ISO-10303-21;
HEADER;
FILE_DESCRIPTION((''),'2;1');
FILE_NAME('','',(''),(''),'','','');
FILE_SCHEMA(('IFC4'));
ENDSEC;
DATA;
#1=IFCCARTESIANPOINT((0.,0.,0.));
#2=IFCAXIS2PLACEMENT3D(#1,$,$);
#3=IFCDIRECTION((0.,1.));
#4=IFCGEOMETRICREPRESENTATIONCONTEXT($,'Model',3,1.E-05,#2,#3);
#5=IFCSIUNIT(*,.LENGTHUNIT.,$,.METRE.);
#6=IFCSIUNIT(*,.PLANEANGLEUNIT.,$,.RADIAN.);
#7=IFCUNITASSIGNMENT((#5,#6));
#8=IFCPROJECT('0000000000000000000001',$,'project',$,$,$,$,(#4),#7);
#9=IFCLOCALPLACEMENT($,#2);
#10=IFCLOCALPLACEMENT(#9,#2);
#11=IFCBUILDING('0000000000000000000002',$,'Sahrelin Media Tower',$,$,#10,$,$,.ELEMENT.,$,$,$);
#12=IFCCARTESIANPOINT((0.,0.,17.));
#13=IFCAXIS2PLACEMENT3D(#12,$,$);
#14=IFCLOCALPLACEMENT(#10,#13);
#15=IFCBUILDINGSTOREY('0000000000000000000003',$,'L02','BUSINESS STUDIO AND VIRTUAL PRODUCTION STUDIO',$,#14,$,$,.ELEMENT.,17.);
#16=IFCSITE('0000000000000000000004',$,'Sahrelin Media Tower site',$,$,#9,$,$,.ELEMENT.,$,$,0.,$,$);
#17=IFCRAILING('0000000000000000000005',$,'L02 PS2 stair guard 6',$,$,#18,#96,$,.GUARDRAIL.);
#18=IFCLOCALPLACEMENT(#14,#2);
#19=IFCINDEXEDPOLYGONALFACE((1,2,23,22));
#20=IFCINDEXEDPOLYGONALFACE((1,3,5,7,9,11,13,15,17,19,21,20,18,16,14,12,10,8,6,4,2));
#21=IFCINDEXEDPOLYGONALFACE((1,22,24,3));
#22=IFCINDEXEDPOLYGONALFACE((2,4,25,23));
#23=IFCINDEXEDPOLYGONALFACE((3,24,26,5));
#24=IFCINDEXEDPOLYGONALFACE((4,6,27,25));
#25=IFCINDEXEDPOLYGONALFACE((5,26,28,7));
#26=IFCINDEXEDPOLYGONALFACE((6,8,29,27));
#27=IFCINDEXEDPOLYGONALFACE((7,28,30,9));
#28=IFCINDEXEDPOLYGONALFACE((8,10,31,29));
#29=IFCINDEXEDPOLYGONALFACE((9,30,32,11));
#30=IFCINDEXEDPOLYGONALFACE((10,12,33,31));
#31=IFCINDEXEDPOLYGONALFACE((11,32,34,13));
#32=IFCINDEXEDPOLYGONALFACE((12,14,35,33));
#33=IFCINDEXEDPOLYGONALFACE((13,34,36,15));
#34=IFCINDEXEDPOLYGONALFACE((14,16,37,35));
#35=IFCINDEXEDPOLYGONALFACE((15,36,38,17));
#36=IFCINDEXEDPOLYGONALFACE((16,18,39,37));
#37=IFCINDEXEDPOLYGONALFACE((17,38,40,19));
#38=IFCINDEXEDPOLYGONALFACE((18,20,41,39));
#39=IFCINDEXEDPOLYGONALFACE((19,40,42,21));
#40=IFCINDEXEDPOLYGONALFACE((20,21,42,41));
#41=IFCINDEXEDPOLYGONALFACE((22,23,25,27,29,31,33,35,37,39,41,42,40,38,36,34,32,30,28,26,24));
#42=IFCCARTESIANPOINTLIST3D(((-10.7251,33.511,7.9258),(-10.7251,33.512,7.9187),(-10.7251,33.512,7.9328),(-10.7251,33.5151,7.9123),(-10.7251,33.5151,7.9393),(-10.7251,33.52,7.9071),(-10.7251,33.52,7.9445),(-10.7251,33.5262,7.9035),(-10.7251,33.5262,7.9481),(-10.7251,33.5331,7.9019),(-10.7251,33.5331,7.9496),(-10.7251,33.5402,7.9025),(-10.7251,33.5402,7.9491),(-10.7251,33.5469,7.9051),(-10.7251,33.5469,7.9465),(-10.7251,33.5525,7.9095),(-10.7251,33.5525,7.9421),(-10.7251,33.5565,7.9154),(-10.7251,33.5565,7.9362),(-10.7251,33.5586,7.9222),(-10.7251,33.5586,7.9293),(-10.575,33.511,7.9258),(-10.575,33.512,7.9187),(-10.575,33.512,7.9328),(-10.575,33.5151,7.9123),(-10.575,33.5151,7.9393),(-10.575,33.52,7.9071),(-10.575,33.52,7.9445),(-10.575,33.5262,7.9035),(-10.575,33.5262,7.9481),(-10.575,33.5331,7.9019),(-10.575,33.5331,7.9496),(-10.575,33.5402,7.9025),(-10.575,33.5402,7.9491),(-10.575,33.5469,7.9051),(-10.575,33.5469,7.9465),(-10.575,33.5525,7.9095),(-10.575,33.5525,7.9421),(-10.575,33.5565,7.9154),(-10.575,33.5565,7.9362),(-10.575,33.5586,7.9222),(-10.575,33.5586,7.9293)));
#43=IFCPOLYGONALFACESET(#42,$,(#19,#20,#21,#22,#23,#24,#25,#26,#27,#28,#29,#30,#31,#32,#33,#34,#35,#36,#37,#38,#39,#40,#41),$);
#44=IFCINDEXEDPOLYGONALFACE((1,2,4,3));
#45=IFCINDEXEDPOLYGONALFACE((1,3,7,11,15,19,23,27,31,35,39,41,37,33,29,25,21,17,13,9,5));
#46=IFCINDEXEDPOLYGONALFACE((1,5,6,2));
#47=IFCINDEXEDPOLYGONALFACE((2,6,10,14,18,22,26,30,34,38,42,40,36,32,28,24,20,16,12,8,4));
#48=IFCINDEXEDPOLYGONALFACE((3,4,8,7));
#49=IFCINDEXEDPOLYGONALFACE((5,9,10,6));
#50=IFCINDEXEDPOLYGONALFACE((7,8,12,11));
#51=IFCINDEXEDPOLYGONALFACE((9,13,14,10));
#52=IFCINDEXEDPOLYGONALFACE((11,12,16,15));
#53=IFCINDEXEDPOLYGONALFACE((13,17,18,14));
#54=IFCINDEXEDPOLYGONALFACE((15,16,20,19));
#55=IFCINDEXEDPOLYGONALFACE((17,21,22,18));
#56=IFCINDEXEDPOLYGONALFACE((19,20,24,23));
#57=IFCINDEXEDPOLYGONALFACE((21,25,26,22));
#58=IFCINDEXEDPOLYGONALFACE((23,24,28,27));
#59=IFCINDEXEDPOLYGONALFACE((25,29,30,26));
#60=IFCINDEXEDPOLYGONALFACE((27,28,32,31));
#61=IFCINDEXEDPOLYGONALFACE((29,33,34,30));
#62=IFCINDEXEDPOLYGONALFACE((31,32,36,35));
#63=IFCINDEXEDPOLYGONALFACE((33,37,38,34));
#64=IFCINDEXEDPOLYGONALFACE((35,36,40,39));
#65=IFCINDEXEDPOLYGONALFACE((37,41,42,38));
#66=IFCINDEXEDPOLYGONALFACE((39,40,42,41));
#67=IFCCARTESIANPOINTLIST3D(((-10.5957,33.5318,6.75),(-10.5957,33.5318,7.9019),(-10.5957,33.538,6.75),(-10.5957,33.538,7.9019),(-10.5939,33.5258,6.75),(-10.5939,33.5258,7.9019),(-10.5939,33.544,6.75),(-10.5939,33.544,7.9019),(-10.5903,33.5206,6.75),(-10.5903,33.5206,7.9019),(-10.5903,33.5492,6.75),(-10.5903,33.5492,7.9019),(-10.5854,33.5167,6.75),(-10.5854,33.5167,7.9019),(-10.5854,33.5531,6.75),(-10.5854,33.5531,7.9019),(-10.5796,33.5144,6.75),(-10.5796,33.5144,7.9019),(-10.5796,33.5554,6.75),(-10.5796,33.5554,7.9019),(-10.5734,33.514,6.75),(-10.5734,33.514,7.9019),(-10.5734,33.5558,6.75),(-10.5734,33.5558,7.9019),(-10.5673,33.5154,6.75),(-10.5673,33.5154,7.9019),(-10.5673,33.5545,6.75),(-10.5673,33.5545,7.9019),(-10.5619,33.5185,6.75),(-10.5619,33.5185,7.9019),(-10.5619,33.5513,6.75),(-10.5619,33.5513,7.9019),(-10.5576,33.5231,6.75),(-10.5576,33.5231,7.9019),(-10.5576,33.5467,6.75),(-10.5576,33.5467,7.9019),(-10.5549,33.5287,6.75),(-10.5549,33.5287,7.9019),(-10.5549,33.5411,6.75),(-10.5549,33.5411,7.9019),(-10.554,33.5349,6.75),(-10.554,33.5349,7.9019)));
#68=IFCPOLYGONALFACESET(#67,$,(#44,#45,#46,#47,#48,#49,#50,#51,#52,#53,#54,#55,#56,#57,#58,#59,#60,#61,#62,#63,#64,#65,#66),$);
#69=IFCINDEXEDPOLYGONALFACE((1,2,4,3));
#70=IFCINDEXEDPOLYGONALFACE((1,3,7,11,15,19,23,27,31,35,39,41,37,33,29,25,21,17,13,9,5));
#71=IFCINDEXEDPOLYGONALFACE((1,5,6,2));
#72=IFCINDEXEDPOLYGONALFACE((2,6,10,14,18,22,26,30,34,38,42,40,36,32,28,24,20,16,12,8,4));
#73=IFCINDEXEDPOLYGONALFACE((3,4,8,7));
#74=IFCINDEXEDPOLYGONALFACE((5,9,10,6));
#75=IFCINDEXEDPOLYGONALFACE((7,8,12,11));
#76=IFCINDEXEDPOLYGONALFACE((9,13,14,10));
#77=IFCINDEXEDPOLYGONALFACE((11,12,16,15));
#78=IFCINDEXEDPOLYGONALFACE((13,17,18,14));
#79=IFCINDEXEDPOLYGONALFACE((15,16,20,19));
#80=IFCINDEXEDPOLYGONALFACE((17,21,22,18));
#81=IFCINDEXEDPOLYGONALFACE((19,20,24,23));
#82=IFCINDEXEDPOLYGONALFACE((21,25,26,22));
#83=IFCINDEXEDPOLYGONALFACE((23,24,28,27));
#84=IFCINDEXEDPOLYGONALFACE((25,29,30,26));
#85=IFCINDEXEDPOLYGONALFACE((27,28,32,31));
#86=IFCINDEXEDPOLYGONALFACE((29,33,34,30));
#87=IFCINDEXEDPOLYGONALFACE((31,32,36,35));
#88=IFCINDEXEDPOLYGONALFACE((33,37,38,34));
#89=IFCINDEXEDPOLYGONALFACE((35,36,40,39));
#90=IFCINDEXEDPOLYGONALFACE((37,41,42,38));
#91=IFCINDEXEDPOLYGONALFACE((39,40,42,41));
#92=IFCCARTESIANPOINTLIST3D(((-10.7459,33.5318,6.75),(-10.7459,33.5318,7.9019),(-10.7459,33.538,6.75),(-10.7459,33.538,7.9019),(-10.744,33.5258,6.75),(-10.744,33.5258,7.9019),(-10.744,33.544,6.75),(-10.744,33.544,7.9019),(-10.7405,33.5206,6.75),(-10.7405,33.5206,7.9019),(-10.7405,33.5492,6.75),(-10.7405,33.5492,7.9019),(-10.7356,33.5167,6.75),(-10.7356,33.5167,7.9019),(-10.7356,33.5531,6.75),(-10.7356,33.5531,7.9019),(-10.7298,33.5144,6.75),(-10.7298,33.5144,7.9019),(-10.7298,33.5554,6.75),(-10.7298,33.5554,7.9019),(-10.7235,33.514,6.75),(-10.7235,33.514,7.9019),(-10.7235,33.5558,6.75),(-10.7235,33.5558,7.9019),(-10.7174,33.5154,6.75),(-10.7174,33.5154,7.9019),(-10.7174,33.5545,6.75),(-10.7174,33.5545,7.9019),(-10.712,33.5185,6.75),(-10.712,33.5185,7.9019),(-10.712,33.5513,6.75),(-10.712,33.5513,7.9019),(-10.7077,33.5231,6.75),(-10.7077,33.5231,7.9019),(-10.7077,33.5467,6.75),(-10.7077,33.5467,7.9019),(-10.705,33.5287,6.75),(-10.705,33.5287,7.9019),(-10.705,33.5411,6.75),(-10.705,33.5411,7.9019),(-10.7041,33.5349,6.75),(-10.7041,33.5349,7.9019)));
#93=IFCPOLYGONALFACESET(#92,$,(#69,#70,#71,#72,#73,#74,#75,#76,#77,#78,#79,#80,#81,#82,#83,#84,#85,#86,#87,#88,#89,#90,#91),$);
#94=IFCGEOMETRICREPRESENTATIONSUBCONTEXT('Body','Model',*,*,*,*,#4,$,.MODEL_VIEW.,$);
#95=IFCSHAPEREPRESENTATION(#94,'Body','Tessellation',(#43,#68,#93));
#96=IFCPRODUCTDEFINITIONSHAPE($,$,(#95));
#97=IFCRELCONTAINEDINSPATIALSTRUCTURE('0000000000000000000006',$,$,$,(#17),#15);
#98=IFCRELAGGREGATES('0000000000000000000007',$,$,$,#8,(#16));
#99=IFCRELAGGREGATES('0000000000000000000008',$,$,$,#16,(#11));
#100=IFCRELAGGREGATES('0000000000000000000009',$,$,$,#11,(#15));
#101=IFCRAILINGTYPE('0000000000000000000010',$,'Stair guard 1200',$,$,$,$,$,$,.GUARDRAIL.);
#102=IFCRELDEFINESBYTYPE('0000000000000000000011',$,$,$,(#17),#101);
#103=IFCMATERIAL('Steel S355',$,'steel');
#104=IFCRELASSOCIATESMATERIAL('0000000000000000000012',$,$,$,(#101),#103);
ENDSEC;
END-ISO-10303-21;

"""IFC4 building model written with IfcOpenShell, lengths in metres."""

from ifc_helpers import new_model, si_unit, direction, frame, origin, origin_2d, place, context, subcontext, project, spatial, circle, extrude, material, type_object, element, save


model = new_model("IFC4")

# Units and contexts
model_context = context("Model", 3, precision=1e-05, world=origin(), true_north=direction((0.0, 1.0)))
body_context = subcontext(model_context, "Body", "Model", "MODEL_VIEW")
ifc_project = project(units=[si_unit("LENGTHUNIT", "METRE"), si_unit("PLANEANGLEUNIT", "RADIAN")], contexts=[model_context])

# Site, building, storey
site_placement = place(None, origin())
site = spatial("IfcSite", under=ifc_project, at=site_placement, Name="Sahrelin Media Tower site", CompositionType="ELEMENT", RefElevation=0.0)
building_placement = place(site_placement, origin())
building = spatial("IfcBuilding", under=site, at=building_placement, Name="Sahrelin Media Tower", CompositionType="ELEMENT")
storey_placement = place(building_placement, frame((0.0, 0.0, 17.0)))
storey = spatial("IfcBuildingStorey", under=building, at=storey_placement, Name="L02", Description="BUSINESS STUDIO AND VIRTUAL PRODUCTION STUDIO", CompositionType="ELEMENT", Elevation=17.0)

# Shared definitions
ifc_material_1 = material(Name="Steel S355", Category="steel")

# Railing
railing_type_1 = type_object("IfcRailingType", Name="Stair guard 1200", PredefinedType="GUARDRAIL", material=ifc_material_1)
railing_1_placement = place(storey_placement, frame((-10.575, 33.5349, 6.75)))
element("IfcRailing", 1, at=railing_1_placement, inside=storey, type_object=railing_type_1, Name="L02 PS2 stair guard 6", PredefinedType="GUARDRAIL", context=body_context, shape_type="SweptSolid", body=[
    extrude(circle(Radius=0.0239, at=origin_2d()), frame((0.0, 0.0, 1.1758), z_axis=(-1.0, 0.0, 0.0), x_axis=(0.0, -1.0, 0.0)), (0.0, 0.0, 1.0), 0.1501),
    extrude(circle(Radius=0.021, at=origin_2d()), origin(), (0.0, 0.0, 1.0), 1.1519),
    extrude(circle(Radius=0.021, at=origin_2d()), frame((-0.1501, 0.0, 0.0)), (0.0, 0.0, 1.0), 1.1519),
])

save(model, "model.ifc")
